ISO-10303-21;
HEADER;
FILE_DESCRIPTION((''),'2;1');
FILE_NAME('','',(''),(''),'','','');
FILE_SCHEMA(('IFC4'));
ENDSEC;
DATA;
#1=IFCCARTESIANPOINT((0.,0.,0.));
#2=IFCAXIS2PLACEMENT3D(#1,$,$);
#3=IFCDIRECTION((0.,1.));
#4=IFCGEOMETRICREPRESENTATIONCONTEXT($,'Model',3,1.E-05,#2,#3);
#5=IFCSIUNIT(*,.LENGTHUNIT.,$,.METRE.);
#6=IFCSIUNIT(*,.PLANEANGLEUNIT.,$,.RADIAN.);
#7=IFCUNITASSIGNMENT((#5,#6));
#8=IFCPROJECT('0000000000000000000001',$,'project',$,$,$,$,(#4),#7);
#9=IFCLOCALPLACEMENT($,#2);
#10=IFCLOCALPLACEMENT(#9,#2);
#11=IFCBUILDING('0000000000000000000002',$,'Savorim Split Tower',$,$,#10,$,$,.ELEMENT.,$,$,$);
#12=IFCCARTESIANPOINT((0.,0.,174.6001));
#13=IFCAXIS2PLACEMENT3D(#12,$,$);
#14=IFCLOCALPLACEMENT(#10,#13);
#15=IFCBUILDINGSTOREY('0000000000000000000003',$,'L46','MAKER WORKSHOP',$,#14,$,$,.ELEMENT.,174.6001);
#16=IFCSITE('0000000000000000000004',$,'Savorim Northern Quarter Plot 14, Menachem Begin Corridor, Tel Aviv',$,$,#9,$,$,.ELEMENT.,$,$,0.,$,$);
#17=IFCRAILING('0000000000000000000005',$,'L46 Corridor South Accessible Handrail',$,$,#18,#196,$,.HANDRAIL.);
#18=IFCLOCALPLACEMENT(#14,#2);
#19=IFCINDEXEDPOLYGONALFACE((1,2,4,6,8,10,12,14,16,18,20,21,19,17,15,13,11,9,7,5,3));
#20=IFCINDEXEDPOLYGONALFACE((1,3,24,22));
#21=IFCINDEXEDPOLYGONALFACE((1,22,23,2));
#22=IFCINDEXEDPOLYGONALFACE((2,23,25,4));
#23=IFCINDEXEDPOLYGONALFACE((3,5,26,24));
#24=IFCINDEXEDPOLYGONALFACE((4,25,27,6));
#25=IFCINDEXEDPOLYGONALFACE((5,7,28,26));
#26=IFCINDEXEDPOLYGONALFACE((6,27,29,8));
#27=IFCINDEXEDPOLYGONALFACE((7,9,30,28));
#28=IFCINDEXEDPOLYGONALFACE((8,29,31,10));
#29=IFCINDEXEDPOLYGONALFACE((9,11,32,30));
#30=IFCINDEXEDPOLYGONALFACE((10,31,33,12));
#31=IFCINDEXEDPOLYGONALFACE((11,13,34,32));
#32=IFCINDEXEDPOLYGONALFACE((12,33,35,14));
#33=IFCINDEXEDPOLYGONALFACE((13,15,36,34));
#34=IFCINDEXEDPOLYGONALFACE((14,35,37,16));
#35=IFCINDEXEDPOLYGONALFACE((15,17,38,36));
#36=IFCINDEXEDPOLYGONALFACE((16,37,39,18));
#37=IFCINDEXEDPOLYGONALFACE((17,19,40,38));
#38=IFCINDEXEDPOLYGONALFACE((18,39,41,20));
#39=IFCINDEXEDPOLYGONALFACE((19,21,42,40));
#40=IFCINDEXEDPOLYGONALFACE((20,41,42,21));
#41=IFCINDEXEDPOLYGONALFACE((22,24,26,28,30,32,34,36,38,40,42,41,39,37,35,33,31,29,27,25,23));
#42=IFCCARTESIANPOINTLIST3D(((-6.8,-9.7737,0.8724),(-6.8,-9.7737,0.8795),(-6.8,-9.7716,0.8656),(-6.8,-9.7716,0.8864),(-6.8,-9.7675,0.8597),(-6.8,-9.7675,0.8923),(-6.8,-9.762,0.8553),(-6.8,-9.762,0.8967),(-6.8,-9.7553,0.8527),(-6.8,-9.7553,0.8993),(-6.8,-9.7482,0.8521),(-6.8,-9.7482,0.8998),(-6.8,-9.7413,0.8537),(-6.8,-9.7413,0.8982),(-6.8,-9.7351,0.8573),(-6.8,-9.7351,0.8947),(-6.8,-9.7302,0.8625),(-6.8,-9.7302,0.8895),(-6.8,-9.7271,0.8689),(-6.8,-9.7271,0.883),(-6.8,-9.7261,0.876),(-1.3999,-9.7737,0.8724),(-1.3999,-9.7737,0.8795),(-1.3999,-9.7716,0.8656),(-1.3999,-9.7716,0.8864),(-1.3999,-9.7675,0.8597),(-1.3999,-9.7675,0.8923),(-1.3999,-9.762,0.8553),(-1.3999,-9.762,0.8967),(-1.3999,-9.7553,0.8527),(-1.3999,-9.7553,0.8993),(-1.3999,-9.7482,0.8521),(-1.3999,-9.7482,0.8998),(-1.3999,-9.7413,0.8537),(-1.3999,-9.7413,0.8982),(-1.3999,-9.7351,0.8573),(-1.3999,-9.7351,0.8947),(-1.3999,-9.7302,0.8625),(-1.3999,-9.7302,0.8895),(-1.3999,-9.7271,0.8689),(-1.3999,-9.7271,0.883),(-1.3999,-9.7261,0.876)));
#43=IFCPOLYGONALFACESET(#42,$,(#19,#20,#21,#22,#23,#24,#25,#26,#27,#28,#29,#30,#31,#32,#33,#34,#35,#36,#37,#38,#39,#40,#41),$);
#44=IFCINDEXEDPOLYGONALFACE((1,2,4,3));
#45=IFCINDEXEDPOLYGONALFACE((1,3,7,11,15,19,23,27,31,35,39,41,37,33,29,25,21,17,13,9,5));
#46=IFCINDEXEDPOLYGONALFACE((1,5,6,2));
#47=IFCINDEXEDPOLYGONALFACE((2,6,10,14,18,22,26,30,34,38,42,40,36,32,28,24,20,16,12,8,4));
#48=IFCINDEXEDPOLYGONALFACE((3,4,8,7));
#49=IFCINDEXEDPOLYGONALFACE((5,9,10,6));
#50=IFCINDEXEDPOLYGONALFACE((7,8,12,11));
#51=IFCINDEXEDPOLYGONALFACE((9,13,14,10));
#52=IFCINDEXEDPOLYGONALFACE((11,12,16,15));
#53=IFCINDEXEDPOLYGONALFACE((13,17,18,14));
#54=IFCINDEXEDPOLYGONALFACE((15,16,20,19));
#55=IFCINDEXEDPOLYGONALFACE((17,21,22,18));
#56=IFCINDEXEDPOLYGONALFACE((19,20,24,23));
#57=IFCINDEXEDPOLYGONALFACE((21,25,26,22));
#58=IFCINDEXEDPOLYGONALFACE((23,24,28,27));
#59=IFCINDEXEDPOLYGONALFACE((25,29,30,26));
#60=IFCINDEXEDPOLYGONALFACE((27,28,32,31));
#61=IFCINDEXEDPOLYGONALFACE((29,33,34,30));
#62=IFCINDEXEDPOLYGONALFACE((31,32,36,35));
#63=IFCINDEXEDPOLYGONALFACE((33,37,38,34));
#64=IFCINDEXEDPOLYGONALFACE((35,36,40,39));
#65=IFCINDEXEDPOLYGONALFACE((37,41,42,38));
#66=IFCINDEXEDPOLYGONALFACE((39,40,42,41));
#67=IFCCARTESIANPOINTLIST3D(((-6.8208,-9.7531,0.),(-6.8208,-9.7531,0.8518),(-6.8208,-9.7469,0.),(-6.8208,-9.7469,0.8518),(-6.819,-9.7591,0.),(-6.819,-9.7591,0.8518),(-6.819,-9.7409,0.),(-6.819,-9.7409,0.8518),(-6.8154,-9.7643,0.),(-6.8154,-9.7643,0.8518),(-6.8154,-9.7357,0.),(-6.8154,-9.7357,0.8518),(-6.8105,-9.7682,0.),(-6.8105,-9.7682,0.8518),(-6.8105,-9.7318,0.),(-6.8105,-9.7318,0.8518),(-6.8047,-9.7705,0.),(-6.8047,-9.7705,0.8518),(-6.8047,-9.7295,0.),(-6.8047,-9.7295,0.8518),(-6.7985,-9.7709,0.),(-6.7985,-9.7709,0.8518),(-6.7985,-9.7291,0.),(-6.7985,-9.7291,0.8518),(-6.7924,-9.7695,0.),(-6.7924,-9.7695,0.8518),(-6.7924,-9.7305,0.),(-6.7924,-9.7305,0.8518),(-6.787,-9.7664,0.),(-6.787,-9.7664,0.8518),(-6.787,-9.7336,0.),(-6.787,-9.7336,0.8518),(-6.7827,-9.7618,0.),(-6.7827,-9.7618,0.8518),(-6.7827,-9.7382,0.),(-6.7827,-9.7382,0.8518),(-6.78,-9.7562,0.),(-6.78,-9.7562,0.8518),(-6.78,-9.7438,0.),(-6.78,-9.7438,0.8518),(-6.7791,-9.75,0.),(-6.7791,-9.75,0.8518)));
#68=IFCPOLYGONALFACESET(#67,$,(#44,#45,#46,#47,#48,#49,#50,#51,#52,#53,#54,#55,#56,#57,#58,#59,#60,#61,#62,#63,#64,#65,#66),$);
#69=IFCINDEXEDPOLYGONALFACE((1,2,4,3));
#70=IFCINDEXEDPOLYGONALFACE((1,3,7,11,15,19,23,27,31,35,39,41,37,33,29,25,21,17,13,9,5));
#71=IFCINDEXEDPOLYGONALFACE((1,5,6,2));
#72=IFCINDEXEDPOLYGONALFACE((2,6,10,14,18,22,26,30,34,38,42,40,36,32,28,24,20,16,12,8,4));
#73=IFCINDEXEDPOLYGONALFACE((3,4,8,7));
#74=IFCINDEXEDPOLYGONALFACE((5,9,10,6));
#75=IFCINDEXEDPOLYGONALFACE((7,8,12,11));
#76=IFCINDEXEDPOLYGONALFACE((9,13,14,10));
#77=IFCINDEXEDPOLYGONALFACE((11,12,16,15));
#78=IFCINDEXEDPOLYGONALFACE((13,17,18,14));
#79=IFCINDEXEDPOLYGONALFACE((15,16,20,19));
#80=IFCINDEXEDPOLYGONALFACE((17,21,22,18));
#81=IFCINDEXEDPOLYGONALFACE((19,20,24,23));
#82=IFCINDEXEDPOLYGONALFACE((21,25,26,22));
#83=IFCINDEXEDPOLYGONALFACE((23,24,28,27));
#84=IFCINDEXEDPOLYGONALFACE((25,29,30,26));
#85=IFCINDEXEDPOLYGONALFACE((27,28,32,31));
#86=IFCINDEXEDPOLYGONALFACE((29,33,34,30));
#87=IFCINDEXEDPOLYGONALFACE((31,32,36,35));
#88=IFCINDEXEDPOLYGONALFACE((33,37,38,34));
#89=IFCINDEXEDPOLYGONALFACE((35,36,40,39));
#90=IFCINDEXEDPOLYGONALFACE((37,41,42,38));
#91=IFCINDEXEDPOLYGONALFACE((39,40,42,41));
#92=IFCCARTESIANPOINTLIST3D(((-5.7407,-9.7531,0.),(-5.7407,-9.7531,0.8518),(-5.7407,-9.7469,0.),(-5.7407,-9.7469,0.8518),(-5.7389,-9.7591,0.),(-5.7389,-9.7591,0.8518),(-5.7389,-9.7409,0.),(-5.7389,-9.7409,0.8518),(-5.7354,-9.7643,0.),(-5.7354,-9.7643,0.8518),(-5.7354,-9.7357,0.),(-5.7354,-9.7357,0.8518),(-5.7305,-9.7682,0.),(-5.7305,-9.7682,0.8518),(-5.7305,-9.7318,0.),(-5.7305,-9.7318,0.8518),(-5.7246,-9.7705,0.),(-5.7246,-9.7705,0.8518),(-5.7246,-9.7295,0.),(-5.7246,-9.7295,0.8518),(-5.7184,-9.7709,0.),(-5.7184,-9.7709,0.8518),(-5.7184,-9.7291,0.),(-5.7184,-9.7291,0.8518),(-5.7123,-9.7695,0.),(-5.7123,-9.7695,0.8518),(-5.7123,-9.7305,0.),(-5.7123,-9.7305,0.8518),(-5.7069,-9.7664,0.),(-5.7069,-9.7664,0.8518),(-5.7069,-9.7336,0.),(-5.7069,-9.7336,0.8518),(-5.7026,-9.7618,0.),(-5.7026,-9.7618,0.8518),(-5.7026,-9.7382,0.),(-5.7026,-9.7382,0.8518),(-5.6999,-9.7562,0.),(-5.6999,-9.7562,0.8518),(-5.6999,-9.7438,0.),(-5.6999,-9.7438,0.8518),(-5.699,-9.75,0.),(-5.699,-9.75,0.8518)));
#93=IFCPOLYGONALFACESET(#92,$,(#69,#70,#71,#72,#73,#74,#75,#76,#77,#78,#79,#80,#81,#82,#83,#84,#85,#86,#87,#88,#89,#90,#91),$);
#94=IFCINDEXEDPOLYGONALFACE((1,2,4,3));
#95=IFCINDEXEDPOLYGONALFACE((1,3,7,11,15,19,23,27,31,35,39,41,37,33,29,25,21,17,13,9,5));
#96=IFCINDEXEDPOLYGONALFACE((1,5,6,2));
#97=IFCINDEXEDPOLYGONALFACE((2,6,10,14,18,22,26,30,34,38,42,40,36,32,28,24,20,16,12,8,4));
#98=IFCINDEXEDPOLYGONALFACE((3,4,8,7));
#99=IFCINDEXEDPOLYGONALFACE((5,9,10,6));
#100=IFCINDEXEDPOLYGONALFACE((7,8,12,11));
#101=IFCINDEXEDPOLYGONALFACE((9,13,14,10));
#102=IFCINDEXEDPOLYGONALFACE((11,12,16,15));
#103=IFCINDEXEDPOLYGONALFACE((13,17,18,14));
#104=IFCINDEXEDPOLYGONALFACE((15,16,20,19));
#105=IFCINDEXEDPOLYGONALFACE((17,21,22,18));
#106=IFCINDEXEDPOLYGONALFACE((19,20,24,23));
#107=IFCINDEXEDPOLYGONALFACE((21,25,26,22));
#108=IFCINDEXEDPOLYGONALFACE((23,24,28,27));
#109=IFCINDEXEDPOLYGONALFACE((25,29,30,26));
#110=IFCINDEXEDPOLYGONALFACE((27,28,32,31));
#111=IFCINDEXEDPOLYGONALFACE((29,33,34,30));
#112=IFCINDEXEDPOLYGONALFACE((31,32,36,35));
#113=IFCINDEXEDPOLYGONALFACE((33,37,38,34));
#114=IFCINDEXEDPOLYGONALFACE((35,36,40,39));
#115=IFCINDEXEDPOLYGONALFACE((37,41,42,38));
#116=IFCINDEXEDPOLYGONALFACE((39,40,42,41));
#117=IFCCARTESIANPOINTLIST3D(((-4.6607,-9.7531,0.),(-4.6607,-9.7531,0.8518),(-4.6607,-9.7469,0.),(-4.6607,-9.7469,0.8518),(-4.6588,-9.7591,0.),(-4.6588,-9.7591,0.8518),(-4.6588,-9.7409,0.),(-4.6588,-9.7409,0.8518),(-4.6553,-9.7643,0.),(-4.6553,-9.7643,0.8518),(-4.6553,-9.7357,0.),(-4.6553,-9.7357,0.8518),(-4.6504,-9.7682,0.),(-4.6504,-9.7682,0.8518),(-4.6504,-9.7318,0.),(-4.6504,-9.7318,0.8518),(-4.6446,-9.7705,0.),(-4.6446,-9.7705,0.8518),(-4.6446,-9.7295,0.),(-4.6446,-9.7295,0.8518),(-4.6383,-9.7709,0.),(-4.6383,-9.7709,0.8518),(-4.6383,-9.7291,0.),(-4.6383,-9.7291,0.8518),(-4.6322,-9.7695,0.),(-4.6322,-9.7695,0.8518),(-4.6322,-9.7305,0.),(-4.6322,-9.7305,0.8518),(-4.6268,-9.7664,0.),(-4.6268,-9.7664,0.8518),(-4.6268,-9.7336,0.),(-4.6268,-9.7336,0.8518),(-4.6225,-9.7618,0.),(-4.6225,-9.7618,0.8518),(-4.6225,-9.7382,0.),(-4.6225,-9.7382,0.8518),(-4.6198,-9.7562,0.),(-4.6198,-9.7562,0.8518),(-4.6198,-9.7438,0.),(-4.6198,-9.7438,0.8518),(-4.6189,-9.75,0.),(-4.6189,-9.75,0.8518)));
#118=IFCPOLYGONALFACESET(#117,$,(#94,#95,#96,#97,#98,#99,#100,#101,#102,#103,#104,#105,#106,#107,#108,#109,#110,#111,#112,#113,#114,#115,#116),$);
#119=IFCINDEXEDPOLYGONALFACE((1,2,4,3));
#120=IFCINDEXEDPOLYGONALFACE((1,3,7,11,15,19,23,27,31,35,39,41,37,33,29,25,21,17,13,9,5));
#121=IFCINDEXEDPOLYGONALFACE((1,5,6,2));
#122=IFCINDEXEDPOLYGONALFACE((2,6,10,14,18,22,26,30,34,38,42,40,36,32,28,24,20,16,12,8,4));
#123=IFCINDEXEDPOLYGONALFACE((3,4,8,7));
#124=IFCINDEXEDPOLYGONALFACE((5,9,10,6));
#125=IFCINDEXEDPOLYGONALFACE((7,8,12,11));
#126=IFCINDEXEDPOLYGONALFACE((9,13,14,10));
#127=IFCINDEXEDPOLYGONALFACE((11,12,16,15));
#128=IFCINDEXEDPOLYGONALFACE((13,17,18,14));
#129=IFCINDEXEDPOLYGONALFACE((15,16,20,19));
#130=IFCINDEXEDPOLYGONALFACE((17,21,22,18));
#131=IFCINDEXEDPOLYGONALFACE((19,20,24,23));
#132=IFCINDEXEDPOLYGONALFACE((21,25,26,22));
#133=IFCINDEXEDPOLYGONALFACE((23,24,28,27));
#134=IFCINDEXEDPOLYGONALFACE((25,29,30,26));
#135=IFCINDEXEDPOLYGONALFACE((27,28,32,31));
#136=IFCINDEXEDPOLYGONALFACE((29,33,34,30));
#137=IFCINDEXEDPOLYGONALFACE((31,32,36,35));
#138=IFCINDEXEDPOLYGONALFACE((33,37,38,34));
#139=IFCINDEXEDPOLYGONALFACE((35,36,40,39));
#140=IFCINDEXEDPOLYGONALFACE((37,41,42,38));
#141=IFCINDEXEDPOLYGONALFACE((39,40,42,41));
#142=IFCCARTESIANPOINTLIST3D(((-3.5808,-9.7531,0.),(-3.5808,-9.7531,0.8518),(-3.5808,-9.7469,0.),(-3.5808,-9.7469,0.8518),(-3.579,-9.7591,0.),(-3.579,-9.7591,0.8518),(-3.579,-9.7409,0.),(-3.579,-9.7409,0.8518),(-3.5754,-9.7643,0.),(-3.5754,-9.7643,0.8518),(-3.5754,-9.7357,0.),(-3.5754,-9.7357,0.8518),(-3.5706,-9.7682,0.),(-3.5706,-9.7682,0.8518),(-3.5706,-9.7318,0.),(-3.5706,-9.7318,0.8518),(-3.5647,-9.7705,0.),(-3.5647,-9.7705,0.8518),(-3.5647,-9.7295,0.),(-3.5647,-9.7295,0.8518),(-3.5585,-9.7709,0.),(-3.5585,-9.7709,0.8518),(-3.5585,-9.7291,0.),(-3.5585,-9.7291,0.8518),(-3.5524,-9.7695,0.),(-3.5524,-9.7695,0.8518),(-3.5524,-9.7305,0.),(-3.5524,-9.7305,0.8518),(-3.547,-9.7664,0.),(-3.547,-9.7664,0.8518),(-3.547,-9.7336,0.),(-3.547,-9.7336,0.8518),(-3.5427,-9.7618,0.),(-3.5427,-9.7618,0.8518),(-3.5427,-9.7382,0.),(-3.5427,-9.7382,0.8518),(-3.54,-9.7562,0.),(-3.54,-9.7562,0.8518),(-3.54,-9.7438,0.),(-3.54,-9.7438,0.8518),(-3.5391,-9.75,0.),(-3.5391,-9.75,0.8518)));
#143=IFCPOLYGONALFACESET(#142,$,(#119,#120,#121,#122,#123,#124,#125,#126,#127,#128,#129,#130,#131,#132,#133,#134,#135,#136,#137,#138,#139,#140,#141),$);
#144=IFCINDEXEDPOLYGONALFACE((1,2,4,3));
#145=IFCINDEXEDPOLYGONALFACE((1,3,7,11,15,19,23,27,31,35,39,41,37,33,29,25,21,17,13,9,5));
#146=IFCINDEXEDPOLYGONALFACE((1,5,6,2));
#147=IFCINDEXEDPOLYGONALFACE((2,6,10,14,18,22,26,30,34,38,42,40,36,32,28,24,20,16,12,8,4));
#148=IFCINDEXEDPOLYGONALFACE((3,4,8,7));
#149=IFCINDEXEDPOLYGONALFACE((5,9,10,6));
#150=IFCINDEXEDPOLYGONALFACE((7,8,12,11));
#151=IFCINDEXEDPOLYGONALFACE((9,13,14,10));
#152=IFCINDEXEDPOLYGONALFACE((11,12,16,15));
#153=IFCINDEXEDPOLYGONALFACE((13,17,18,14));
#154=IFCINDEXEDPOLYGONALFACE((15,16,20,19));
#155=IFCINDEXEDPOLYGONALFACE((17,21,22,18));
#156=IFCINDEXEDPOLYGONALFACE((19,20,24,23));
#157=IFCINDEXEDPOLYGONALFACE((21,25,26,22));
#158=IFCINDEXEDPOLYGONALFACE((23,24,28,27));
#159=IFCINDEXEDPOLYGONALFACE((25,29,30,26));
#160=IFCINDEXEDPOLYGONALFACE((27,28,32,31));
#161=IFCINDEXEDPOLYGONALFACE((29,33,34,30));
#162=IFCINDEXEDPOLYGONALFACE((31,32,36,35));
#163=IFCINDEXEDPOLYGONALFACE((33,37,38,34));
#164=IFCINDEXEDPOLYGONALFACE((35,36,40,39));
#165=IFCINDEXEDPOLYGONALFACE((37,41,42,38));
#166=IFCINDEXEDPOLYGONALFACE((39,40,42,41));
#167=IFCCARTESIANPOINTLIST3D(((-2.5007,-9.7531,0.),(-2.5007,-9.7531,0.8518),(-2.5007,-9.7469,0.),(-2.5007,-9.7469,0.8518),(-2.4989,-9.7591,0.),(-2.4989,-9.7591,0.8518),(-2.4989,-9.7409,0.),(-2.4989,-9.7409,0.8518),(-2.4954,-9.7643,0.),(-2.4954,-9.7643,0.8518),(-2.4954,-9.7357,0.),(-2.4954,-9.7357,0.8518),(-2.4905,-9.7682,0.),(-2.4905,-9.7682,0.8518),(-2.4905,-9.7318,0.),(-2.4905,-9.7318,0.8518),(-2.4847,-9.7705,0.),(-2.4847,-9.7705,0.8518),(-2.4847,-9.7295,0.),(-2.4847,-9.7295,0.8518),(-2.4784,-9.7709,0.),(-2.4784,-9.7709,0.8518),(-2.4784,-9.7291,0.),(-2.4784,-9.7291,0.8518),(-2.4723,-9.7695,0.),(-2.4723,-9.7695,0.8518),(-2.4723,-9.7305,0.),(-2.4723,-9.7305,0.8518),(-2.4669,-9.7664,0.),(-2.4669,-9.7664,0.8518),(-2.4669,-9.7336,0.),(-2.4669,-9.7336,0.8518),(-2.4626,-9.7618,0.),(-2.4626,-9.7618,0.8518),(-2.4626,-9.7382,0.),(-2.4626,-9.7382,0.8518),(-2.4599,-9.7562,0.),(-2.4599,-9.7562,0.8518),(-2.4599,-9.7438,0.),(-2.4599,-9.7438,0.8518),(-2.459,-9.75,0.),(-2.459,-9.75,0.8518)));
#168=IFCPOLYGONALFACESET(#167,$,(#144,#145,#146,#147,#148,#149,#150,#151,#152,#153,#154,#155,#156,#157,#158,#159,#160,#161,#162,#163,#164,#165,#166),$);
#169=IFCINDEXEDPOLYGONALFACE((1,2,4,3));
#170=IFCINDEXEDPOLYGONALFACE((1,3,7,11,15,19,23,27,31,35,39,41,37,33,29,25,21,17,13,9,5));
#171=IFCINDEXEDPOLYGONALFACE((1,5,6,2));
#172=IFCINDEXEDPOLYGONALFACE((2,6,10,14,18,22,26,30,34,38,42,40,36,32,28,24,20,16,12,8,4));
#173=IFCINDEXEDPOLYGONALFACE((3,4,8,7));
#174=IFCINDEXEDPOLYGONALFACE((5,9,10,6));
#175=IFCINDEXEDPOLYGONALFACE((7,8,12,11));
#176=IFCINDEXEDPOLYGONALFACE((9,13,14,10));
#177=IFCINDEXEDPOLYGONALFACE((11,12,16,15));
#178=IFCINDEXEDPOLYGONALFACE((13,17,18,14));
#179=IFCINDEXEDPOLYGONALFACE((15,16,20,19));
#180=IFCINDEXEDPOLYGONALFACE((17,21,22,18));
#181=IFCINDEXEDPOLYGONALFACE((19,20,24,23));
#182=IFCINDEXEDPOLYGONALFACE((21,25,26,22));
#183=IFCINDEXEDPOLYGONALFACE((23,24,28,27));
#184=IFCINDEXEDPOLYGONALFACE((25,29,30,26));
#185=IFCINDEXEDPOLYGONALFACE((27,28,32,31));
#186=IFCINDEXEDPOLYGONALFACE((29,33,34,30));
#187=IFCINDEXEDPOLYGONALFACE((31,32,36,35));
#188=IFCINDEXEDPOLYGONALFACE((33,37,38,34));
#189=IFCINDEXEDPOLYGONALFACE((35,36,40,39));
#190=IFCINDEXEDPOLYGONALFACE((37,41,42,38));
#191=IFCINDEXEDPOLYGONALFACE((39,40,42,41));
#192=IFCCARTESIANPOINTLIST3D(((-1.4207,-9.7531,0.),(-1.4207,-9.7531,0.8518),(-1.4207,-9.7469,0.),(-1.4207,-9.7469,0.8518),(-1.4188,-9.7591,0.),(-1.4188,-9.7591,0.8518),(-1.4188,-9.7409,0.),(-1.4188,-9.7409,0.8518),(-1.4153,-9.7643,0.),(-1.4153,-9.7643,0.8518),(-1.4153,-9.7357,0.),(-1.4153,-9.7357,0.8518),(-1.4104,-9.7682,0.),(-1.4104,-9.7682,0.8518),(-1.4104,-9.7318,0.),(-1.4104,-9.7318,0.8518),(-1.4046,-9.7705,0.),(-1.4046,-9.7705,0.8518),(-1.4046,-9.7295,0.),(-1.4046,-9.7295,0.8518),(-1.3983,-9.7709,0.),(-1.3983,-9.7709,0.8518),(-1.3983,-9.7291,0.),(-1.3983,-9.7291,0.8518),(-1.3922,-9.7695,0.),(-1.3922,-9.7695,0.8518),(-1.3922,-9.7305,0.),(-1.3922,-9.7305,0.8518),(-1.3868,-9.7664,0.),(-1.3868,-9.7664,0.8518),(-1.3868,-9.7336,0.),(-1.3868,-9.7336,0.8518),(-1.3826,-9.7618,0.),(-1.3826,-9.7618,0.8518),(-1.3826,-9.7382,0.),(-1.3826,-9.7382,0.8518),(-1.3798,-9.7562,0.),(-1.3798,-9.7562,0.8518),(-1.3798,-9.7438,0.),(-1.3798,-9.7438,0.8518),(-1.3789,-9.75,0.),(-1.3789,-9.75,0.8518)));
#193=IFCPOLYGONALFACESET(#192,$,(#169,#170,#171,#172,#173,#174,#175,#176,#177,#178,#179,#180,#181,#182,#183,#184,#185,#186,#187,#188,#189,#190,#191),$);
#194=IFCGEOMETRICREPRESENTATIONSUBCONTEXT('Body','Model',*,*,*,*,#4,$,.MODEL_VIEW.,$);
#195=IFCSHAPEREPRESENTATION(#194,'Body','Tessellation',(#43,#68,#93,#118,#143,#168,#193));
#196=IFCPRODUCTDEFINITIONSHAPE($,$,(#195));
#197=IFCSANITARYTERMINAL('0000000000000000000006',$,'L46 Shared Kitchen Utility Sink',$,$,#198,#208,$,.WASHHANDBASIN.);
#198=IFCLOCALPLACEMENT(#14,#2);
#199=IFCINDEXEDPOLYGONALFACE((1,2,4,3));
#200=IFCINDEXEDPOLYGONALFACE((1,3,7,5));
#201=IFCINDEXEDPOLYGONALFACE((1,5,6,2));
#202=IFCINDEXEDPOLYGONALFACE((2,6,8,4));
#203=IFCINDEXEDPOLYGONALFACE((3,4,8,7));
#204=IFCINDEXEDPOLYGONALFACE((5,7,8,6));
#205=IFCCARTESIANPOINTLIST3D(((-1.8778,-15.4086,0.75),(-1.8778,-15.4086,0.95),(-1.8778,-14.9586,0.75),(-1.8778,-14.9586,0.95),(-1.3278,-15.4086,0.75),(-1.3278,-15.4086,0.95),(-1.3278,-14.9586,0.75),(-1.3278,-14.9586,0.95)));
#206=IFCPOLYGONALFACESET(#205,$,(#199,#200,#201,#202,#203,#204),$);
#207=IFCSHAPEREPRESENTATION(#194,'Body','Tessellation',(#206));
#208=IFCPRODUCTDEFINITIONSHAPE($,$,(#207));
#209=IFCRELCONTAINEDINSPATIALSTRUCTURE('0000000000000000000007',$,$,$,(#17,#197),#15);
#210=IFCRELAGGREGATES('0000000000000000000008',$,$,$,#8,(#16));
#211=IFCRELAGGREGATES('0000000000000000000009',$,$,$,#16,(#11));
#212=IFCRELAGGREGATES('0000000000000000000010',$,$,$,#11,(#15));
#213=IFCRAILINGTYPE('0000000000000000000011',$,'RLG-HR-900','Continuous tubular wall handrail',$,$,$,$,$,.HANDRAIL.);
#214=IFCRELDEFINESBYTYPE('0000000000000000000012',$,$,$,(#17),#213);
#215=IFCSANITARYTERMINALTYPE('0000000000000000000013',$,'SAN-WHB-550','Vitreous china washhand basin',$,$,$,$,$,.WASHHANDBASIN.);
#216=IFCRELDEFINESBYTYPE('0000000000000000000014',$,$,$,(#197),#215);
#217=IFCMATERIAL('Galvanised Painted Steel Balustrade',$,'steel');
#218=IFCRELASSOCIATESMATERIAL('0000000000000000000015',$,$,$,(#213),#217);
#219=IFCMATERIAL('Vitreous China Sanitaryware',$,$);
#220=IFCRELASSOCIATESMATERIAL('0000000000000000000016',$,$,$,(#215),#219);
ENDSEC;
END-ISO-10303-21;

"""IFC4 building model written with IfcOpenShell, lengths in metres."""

from ifc_helpers import new_model, si_unit, direction, frame, origin, origin_2d, place, context, subcontext, project, spatial, rectangle, circle, extrude, material, type_object, element, save


model = new_model("IFC4")

# Units and contexts
model_context = context("Model", 3, precision=1e-05, world=origin(), true_north=direction((0.0, 1.0)))
body_context = subcontext(model_context, "Body", "Model", "MODEL_VIEW")
ifc_project = project(units=[si_unit("LENGTHUNIT", "METRE"), si_unit("PLANEANGLEUNIT", "RADIAN")], contexts=[model_context])

# Site, building, storey
site_placement = place(None, origin())
site = spatial("IfcSite", under=ifc_project, at=site_placement, Name="Savorim Northern Quarter Plot 14, Menachem Begin Corridor, Tel Aviv", CompositionType="ELEMENT", RefElevation=0.0)
building_placement = place(site_placement, origin())
building = spatial("IfcBuilding", under=site, at=building_placement, Name="Savorim Split Tower", CompositionType="ELEMENT")
storey_placement = place(building_placement, frame((0.0, 0.0, 174.6001)))
storey = spatial("IfcBuildingStorey", under=building, at=storey_placement, Name="L46", Description="MAKER WORKSHOP", CompositionType="ELEMENT", Elevation=174.6001)

# Railing
ifc_material_1 = material(Name="Galvanised Painted Steel Balustrade", Category="steel")
railing_type = type_object("IfcRailingType", Name="RLG-HR-900", Description="Continuous tubular wall handrail", PredefinedType="HANDRAIL", material=ifc_material_1)
railing_1_placement = place(storey_placement, frame((-6.8, -9.75, 0.0)))
element("IfcRailing", 1, at=railing_1_placement, inside=storey, type_object=railing_type, Name="L46 Corridor South Accessible Handrail", PredefinedType="HANDRAIL", context=body_context, shape_type="SweptSolid", body=[
    extrude(circle(Radius=0.0239, at=origin_2d()), frame((0.0, 0.0, 0.876), z_axis=(1.0, 0.0, 0.0), x_axis=(0.0, 1.0, 0.0)), (0.0, 0.0, 1.0), 5.4001),
    extrude(circle(Radius=0.021, at=origin_2d()), origin(), (0.0, 0.0, 1.0), 0.8518),
    extrude(circle(Radius=0.021, at=origin_2d()), frame((1.0801, 0.0, 0.0)), (0.0, 0.0, 1.0), 0.8518),
    extrude(circle(Radius=0.021, at=origin_2d()), frame((2.1602, 0.0, 0.0)), (0.0, 0.0, 1.0), 0.8518),
    extrude(circle(Radius=0.021, at=origin_2d()), frame((3.24, 0.0, 0.0)), (0.0, 0.0, 1.0), 0.8518),
    extrude(circle(Radius=0.021, at=origin_2d()), frame((4.3201, 0.0, 0.0)), (0.0, 0.0, 1.0), 0.8518),
    extrude(circle(Radius=0.021, at=origin_2d()), frame((5.4001, 0.0, 0.0)), (0.0, 0.0, 1.0), 0.8518),
])

# Sanitary terminal
ifc_material_2 = material(Name="Vitreous China Sanitaryware")
sanitary_terminal_type = type_object("IfcSanitaryTerminalType", Name="SAN-WHB-550", Description="Vitreous china washhand basin", PredefinedType="WASHHANDBASIN", material=ifc_material_2)
sanitary_terminal_placement = place(storey_placement, frame((-1.6028, -15.1836, 0.75), z_axis=(0.0, 0.0, 1.0), x_axis=(1.0, 0.0, 0.0)))
element("IfcSanitaryTerminal", 2, at=sanitary_terminal_placement, inside=storey, type_object=sanitary_terminal_type, Name="L46 Shared Kitchen Utility Sink", PredefinedType="WASHHANDBASIN", context=body_context, shape_type="SweptSolid", body=[
    extrude(rectangle(XDim=0.55, YDim=0.45, at=origin_2d()), origin(), (0.0, 0.0, 1.0), 0.2),
])

save(model, "model.ifc")
